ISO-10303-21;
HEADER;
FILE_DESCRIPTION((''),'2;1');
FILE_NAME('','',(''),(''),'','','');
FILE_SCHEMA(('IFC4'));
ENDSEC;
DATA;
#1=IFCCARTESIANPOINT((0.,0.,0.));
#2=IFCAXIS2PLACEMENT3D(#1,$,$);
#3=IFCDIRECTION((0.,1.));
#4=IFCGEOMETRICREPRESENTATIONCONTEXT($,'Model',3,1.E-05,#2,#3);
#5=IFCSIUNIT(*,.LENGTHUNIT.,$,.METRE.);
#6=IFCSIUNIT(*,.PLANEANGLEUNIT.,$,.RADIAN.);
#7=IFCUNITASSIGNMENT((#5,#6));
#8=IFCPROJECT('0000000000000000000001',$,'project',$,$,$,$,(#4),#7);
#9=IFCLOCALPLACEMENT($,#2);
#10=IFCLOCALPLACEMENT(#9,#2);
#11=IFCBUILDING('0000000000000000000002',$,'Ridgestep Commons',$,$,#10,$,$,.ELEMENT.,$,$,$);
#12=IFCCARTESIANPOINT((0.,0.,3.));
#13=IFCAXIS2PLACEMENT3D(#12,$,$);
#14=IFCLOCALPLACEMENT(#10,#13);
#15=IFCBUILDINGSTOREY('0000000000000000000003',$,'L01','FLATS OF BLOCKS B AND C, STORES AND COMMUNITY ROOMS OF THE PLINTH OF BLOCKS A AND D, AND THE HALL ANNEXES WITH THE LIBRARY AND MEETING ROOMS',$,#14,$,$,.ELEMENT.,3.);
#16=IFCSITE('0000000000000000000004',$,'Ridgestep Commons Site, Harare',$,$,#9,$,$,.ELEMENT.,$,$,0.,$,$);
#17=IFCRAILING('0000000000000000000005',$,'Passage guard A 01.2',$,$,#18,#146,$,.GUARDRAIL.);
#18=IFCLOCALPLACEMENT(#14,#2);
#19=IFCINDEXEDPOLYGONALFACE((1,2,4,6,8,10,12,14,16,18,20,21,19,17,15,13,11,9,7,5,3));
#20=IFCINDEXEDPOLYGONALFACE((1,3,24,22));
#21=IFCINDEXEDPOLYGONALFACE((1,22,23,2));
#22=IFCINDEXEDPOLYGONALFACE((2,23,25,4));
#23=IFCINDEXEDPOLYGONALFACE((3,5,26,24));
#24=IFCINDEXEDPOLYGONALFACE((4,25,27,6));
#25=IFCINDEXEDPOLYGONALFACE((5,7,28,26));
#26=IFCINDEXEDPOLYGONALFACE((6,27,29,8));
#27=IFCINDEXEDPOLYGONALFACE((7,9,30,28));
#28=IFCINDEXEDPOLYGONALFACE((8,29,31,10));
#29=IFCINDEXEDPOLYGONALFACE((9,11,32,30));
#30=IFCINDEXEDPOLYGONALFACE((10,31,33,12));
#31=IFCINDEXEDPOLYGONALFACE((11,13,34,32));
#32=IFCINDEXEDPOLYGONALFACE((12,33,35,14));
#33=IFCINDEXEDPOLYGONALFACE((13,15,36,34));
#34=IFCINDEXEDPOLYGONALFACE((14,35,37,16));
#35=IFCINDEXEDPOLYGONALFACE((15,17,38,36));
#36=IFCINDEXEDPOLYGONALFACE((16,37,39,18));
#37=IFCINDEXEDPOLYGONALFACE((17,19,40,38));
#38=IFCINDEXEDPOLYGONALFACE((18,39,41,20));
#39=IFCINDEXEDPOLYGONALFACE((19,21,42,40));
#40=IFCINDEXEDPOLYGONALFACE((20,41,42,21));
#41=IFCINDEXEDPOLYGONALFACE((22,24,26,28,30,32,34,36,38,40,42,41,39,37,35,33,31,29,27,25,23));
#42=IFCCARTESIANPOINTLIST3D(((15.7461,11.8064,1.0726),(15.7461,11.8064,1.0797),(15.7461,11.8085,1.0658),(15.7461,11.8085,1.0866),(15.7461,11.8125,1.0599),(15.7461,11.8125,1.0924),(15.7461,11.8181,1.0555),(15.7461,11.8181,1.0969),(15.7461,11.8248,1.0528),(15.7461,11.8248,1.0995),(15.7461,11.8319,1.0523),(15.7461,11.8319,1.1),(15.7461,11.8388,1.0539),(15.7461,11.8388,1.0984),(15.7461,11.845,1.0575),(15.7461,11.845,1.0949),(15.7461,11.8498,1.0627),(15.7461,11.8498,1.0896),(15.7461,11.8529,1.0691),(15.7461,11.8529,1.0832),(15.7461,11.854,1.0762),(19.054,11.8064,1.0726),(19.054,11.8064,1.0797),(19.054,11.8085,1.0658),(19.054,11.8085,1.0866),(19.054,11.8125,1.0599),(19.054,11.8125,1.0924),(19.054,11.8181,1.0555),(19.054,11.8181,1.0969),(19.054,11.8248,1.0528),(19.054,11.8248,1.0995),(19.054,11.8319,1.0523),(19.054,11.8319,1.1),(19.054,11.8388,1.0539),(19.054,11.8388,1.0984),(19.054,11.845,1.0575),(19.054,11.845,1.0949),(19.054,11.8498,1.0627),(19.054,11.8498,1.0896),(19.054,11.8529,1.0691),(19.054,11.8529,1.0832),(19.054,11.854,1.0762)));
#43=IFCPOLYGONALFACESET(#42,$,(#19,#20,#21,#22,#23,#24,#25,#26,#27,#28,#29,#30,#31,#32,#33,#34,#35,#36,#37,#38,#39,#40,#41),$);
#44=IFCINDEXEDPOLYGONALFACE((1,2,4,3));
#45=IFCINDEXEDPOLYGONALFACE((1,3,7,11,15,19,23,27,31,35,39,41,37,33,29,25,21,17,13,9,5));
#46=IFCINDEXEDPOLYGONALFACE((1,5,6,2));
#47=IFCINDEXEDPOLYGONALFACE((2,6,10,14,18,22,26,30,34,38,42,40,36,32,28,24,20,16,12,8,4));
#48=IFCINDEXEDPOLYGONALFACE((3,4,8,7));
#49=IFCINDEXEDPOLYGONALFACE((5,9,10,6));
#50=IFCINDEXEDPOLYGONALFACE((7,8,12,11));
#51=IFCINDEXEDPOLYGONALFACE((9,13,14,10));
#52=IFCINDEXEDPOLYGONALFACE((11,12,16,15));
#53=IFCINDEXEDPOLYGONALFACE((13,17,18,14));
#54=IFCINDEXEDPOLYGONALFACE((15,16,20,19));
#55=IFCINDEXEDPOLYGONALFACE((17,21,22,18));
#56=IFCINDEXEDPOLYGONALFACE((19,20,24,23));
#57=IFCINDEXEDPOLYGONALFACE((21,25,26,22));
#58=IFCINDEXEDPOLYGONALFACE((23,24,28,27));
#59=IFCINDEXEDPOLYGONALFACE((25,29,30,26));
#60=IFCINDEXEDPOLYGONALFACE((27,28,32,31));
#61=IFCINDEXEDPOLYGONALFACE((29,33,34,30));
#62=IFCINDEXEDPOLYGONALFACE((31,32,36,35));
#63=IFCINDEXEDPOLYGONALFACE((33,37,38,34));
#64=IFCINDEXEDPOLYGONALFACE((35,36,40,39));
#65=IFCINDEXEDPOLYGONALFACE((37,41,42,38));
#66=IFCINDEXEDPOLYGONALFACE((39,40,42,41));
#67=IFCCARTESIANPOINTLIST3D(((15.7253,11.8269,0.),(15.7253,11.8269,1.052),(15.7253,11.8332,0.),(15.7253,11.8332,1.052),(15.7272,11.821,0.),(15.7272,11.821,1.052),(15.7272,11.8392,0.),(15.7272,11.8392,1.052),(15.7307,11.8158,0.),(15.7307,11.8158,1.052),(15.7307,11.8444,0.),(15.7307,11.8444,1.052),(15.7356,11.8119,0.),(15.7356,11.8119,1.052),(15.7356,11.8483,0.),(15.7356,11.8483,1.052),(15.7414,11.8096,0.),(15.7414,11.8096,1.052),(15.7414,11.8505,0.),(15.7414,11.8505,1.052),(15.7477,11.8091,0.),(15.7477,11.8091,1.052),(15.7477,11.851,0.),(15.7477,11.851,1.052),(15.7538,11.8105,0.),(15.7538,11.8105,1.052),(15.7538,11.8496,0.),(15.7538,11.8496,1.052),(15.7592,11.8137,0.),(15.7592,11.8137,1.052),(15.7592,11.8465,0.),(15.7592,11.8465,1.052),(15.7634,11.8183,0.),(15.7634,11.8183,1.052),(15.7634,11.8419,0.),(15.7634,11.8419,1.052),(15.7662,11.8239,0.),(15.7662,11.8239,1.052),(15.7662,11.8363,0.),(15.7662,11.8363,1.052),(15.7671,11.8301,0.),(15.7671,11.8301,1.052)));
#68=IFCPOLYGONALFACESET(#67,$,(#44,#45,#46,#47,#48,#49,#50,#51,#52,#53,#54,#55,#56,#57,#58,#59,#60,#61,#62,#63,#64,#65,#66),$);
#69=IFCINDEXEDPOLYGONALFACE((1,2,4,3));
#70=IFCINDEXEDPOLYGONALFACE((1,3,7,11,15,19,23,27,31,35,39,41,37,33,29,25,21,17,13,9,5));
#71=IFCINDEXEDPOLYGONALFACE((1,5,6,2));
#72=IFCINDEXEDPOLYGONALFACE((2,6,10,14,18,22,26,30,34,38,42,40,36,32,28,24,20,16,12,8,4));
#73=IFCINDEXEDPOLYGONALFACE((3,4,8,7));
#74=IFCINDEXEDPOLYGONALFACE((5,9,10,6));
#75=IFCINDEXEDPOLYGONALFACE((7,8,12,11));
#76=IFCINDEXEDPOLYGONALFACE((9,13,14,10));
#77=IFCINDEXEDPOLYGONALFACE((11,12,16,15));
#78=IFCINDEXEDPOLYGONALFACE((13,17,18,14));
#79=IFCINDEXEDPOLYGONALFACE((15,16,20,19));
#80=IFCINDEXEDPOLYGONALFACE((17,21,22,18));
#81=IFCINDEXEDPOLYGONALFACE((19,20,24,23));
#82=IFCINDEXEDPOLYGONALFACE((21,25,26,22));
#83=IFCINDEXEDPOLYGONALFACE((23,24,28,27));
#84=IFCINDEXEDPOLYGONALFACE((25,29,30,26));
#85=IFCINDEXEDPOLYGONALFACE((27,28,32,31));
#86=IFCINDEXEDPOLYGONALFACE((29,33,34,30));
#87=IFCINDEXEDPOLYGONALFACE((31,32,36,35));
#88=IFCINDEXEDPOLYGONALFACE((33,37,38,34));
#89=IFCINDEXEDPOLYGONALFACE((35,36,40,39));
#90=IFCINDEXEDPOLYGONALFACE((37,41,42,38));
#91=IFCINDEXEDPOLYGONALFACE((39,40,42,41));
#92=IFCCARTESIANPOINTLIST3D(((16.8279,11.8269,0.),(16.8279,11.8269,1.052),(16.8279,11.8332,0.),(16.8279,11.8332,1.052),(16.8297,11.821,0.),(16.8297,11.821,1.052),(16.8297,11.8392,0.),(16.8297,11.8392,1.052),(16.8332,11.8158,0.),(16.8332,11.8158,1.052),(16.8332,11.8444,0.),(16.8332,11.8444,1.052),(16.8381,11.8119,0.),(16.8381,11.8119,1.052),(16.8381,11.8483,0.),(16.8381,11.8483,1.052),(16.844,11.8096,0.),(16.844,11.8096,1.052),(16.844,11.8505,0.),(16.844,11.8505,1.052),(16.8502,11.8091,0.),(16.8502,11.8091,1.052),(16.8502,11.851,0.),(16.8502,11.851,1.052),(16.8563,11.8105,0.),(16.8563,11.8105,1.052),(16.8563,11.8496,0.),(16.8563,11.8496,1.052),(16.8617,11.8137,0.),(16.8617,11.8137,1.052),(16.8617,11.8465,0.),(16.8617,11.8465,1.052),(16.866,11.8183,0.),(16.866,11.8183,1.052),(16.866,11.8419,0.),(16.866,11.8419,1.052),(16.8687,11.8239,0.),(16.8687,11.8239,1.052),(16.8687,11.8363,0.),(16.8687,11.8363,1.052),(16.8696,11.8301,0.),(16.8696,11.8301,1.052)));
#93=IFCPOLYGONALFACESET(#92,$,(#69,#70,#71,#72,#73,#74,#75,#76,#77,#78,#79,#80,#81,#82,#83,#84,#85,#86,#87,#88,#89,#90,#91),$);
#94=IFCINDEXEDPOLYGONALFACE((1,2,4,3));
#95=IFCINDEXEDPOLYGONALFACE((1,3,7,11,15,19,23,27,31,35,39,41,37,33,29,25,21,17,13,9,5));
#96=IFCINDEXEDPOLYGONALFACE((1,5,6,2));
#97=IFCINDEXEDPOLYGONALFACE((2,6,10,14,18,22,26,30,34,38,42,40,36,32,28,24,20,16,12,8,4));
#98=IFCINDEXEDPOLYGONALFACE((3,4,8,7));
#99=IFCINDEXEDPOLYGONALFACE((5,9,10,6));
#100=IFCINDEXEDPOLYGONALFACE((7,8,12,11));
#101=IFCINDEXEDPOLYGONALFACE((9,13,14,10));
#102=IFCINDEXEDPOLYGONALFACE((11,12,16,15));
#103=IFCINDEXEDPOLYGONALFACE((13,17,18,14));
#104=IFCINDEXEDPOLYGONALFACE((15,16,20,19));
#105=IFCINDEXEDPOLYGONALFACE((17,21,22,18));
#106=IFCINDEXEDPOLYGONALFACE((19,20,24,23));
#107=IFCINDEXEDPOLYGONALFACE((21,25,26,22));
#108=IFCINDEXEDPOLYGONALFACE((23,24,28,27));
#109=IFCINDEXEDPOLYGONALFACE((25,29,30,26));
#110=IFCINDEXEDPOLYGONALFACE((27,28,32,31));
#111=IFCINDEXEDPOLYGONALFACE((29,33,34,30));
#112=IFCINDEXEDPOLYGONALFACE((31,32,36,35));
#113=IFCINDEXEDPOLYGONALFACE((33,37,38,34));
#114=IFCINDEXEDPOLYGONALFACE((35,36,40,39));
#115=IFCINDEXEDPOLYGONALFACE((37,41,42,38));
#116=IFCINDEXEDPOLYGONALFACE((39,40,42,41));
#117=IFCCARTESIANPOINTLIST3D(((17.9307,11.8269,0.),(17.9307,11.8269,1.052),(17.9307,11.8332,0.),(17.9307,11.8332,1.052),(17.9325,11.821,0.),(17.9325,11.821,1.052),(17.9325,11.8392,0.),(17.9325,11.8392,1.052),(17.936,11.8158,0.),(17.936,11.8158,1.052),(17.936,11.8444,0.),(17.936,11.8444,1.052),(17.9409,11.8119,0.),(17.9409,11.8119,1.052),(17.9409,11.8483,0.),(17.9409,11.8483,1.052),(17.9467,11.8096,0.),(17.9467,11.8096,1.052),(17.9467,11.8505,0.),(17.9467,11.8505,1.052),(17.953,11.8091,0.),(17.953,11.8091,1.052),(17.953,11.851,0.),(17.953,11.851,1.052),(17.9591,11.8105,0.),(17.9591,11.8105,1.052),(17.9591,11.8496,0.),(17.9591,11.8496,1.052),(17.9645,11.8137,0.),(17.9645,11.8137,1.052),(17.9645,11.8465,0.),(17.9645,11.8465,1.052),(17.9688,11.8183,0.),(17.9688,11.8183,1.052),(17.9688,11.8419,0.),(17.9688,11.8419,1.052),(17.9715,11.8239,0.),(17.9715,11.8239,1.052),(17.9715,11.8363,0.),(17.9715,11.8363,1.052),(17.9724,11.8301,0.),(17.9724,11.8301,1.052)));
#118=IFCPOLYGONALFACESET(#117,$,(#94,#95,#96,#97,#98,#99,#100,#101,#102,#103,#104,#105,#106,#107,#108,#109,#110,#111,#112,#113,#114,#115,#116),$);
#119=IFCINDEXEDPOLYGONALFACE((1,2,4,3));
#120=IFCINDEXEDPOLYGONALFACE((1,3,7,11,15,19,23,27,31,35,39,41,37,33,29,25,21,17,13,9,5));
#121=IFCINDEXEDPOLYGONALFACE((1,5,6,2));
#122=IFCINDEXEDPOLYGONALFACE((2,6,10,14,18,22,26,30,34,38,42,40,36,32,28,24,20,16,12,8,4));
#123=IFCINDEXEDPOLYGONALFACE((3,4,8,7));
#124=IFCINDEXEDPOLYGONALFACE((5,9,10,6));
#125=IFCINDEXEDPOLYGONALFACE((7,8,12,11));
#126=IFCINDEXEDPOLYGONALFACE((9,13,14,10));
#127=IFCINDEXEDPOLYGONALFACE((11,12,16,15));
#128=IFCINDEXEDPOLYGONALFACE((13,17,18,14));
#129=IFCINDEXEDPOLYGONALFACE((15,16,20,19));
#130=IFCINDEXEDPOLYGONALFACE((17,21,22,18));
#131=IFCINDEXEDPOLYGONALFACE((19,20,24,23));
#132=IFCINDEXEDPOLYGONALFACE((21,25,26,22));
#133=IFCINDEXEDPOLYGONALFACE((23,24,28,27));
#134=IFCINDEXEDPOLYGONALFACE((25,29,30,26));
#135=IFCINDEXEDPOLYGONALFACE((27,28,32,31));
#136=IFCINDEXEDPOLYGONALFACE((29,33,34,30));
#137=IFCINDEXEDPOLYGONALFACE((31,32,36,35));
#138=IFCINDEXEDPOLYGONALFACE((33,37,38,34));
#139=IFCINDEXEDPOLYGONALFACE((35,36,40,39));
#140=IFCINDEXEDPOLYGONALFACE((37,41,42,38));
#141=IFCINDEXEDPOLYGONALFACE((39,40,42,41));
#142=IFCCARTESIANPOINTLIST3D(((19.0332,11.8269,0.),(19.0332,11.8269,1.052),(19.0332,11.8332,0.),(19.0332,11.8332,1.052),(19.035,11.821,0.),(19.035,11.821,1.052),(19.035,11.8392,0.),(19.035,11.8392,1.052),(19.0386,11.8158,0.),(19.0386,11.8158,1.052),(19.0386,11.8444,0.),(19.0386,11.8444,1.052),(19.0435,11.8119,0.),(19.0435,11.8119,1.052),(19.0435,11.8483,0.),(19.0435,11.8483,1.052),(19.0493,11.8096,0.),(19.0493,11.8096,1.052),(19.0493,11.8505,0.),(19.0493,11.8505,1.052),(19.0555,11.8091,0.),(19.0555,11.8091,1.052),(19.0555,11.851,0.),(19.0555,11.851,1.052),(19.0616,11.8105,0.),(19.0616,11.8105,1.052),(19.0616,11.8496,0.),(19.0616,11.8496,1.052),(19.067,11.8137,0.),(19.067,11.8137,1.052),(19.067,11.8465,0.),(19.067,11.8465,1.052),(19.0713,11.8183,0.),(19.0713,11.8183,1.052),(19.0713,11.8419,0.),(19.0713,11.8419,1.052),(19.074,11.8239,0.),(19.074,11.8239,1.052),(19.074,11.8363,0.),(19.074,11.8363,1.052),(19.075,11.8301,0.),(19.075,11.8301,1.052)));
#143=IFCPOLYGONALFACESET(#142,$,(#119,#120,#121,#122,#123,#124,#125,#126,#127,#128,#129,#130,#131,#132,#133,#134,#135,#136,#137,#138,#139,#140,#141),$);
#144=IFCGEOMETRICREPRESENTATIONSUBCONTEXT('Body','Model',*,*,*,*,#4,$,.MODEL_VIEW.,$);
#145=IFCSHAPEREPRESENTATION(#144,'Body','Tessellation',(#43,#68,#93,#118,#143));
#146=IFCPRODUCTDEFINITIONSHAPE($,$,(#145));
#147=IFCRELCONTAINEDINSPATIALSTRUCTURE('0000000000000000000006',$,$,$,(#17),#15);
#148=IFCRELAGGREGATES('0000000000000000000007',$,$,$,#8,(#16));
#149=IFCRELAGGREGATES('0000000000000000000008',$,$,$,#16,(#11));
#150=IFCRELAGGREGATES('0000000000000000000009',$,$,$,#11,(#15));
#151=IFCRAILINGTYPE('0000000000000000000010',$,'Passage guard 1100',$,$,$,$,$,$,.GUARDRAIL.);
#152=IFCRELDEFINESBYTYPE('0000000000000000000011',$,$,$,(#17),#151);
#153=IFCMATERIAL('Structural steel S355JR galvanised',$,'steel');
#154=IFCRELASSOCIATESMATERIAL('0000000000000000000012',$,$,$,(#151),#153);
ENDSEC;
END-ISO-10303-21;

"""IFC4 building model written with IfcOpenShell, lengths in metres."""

from ifc_helpers import new_model, si_unit, direction, frame, origin, origin_2d, place, context, subcontext, project, spatial, circle, extrude, material, type_object, element, save


model = new_model("IFC4")

# Units and contexts
model_context = context("Model", 3, precision=1e-05, world=origin(), true_north=direction((0.0, 1.0)))
body_context = subcontext(model_context, "Body", "Model", "MODEL_VIEW")
ifc_project = project(units=[si_unit("LENGTHUNIT", "METRE"), si_unit("PLANEANGLEUNIT", "RADIAN")], contexts=[model_context])

# Site, building, storey
site_placement = place(None, origin())
site = spatial("IfcSite", under=ifc_project, at=site_placement, Name="Ridgestep Commons Site, Harare", CompositionType="ELEMENT", RefElevation=0.0)
building_placement = place(site_placement, origin())
building = spatial("IfcBuilding", under=site, at=building_placement, Name="Ridgestep Commons", CompositionType="ELEMENT")
storey_placement = place(building_placement, frame((0.0, 0.0, 3.0)))
storey = spatial("IfcBuildingStorey", under=building, at=storey_placement, Name="L01", Description="FLATS OF BLOCKS B AND C, STORES AND COMMUNITY ROOMS OF THE PLINTH OF BLOCKS A AND D, AND THE HALL ANNEXES WITH THE LIBRARY AND MEETING ROOMS", CompositionType="ELEMENT", Elevation=3.0)

# Railing
ifc_material_1 = material(Name="Structural steel S355JR galvanised", Category="steel")
railing_type = type_object("IfcRailingType", Name="Passage guard 1100", PredefinedType="GUARDRAIL", material=ifc_material_1)
railing_1_placement = place(storey_placement, frame((15.7461, 11.8301, 0.0)))
element("IfcRailing", 1, at=railing_1_placement, inside=storey, type_object=railing_type, Name="Passage guard A 01.2", PredefinedType="GUARDRAIL", context=body_context, shape_type="SweptSolid", body=[
    extrude(circle(Radius=0.0239, at=origin_2d()), frame((0.0, 0.0, 1.0762), z_axis=(1.0, 0.0, 0.0), x_axis=(0.0, 1.0, 0.0)), (0.0, 0.0, 1.0), 3.3079),
    extrude(circle(Radius=0.021, at=origin_2d()), origin(), (0.0, 0.0, 1.0), 1.052),
    extrude(circle(Radius=0.021, at=origin_2d()), frame((1.1025, 0.0, 0.0)), (0.0, 0.0, 1.0), 1.052),
    extrude(circle(Radius=0.021, at=origin_2d()), frame((2.2053, 0.0, 0.0)), (0.0, 0.0, 1.0), 1.052),
    extrude(circle(Radius=0.021, at=origin_2d()), frame((3.3079, 0.0, 0.0)), (0.0, 0.0, 1.0), 1.052),
])

save(model, "model.ifc")
